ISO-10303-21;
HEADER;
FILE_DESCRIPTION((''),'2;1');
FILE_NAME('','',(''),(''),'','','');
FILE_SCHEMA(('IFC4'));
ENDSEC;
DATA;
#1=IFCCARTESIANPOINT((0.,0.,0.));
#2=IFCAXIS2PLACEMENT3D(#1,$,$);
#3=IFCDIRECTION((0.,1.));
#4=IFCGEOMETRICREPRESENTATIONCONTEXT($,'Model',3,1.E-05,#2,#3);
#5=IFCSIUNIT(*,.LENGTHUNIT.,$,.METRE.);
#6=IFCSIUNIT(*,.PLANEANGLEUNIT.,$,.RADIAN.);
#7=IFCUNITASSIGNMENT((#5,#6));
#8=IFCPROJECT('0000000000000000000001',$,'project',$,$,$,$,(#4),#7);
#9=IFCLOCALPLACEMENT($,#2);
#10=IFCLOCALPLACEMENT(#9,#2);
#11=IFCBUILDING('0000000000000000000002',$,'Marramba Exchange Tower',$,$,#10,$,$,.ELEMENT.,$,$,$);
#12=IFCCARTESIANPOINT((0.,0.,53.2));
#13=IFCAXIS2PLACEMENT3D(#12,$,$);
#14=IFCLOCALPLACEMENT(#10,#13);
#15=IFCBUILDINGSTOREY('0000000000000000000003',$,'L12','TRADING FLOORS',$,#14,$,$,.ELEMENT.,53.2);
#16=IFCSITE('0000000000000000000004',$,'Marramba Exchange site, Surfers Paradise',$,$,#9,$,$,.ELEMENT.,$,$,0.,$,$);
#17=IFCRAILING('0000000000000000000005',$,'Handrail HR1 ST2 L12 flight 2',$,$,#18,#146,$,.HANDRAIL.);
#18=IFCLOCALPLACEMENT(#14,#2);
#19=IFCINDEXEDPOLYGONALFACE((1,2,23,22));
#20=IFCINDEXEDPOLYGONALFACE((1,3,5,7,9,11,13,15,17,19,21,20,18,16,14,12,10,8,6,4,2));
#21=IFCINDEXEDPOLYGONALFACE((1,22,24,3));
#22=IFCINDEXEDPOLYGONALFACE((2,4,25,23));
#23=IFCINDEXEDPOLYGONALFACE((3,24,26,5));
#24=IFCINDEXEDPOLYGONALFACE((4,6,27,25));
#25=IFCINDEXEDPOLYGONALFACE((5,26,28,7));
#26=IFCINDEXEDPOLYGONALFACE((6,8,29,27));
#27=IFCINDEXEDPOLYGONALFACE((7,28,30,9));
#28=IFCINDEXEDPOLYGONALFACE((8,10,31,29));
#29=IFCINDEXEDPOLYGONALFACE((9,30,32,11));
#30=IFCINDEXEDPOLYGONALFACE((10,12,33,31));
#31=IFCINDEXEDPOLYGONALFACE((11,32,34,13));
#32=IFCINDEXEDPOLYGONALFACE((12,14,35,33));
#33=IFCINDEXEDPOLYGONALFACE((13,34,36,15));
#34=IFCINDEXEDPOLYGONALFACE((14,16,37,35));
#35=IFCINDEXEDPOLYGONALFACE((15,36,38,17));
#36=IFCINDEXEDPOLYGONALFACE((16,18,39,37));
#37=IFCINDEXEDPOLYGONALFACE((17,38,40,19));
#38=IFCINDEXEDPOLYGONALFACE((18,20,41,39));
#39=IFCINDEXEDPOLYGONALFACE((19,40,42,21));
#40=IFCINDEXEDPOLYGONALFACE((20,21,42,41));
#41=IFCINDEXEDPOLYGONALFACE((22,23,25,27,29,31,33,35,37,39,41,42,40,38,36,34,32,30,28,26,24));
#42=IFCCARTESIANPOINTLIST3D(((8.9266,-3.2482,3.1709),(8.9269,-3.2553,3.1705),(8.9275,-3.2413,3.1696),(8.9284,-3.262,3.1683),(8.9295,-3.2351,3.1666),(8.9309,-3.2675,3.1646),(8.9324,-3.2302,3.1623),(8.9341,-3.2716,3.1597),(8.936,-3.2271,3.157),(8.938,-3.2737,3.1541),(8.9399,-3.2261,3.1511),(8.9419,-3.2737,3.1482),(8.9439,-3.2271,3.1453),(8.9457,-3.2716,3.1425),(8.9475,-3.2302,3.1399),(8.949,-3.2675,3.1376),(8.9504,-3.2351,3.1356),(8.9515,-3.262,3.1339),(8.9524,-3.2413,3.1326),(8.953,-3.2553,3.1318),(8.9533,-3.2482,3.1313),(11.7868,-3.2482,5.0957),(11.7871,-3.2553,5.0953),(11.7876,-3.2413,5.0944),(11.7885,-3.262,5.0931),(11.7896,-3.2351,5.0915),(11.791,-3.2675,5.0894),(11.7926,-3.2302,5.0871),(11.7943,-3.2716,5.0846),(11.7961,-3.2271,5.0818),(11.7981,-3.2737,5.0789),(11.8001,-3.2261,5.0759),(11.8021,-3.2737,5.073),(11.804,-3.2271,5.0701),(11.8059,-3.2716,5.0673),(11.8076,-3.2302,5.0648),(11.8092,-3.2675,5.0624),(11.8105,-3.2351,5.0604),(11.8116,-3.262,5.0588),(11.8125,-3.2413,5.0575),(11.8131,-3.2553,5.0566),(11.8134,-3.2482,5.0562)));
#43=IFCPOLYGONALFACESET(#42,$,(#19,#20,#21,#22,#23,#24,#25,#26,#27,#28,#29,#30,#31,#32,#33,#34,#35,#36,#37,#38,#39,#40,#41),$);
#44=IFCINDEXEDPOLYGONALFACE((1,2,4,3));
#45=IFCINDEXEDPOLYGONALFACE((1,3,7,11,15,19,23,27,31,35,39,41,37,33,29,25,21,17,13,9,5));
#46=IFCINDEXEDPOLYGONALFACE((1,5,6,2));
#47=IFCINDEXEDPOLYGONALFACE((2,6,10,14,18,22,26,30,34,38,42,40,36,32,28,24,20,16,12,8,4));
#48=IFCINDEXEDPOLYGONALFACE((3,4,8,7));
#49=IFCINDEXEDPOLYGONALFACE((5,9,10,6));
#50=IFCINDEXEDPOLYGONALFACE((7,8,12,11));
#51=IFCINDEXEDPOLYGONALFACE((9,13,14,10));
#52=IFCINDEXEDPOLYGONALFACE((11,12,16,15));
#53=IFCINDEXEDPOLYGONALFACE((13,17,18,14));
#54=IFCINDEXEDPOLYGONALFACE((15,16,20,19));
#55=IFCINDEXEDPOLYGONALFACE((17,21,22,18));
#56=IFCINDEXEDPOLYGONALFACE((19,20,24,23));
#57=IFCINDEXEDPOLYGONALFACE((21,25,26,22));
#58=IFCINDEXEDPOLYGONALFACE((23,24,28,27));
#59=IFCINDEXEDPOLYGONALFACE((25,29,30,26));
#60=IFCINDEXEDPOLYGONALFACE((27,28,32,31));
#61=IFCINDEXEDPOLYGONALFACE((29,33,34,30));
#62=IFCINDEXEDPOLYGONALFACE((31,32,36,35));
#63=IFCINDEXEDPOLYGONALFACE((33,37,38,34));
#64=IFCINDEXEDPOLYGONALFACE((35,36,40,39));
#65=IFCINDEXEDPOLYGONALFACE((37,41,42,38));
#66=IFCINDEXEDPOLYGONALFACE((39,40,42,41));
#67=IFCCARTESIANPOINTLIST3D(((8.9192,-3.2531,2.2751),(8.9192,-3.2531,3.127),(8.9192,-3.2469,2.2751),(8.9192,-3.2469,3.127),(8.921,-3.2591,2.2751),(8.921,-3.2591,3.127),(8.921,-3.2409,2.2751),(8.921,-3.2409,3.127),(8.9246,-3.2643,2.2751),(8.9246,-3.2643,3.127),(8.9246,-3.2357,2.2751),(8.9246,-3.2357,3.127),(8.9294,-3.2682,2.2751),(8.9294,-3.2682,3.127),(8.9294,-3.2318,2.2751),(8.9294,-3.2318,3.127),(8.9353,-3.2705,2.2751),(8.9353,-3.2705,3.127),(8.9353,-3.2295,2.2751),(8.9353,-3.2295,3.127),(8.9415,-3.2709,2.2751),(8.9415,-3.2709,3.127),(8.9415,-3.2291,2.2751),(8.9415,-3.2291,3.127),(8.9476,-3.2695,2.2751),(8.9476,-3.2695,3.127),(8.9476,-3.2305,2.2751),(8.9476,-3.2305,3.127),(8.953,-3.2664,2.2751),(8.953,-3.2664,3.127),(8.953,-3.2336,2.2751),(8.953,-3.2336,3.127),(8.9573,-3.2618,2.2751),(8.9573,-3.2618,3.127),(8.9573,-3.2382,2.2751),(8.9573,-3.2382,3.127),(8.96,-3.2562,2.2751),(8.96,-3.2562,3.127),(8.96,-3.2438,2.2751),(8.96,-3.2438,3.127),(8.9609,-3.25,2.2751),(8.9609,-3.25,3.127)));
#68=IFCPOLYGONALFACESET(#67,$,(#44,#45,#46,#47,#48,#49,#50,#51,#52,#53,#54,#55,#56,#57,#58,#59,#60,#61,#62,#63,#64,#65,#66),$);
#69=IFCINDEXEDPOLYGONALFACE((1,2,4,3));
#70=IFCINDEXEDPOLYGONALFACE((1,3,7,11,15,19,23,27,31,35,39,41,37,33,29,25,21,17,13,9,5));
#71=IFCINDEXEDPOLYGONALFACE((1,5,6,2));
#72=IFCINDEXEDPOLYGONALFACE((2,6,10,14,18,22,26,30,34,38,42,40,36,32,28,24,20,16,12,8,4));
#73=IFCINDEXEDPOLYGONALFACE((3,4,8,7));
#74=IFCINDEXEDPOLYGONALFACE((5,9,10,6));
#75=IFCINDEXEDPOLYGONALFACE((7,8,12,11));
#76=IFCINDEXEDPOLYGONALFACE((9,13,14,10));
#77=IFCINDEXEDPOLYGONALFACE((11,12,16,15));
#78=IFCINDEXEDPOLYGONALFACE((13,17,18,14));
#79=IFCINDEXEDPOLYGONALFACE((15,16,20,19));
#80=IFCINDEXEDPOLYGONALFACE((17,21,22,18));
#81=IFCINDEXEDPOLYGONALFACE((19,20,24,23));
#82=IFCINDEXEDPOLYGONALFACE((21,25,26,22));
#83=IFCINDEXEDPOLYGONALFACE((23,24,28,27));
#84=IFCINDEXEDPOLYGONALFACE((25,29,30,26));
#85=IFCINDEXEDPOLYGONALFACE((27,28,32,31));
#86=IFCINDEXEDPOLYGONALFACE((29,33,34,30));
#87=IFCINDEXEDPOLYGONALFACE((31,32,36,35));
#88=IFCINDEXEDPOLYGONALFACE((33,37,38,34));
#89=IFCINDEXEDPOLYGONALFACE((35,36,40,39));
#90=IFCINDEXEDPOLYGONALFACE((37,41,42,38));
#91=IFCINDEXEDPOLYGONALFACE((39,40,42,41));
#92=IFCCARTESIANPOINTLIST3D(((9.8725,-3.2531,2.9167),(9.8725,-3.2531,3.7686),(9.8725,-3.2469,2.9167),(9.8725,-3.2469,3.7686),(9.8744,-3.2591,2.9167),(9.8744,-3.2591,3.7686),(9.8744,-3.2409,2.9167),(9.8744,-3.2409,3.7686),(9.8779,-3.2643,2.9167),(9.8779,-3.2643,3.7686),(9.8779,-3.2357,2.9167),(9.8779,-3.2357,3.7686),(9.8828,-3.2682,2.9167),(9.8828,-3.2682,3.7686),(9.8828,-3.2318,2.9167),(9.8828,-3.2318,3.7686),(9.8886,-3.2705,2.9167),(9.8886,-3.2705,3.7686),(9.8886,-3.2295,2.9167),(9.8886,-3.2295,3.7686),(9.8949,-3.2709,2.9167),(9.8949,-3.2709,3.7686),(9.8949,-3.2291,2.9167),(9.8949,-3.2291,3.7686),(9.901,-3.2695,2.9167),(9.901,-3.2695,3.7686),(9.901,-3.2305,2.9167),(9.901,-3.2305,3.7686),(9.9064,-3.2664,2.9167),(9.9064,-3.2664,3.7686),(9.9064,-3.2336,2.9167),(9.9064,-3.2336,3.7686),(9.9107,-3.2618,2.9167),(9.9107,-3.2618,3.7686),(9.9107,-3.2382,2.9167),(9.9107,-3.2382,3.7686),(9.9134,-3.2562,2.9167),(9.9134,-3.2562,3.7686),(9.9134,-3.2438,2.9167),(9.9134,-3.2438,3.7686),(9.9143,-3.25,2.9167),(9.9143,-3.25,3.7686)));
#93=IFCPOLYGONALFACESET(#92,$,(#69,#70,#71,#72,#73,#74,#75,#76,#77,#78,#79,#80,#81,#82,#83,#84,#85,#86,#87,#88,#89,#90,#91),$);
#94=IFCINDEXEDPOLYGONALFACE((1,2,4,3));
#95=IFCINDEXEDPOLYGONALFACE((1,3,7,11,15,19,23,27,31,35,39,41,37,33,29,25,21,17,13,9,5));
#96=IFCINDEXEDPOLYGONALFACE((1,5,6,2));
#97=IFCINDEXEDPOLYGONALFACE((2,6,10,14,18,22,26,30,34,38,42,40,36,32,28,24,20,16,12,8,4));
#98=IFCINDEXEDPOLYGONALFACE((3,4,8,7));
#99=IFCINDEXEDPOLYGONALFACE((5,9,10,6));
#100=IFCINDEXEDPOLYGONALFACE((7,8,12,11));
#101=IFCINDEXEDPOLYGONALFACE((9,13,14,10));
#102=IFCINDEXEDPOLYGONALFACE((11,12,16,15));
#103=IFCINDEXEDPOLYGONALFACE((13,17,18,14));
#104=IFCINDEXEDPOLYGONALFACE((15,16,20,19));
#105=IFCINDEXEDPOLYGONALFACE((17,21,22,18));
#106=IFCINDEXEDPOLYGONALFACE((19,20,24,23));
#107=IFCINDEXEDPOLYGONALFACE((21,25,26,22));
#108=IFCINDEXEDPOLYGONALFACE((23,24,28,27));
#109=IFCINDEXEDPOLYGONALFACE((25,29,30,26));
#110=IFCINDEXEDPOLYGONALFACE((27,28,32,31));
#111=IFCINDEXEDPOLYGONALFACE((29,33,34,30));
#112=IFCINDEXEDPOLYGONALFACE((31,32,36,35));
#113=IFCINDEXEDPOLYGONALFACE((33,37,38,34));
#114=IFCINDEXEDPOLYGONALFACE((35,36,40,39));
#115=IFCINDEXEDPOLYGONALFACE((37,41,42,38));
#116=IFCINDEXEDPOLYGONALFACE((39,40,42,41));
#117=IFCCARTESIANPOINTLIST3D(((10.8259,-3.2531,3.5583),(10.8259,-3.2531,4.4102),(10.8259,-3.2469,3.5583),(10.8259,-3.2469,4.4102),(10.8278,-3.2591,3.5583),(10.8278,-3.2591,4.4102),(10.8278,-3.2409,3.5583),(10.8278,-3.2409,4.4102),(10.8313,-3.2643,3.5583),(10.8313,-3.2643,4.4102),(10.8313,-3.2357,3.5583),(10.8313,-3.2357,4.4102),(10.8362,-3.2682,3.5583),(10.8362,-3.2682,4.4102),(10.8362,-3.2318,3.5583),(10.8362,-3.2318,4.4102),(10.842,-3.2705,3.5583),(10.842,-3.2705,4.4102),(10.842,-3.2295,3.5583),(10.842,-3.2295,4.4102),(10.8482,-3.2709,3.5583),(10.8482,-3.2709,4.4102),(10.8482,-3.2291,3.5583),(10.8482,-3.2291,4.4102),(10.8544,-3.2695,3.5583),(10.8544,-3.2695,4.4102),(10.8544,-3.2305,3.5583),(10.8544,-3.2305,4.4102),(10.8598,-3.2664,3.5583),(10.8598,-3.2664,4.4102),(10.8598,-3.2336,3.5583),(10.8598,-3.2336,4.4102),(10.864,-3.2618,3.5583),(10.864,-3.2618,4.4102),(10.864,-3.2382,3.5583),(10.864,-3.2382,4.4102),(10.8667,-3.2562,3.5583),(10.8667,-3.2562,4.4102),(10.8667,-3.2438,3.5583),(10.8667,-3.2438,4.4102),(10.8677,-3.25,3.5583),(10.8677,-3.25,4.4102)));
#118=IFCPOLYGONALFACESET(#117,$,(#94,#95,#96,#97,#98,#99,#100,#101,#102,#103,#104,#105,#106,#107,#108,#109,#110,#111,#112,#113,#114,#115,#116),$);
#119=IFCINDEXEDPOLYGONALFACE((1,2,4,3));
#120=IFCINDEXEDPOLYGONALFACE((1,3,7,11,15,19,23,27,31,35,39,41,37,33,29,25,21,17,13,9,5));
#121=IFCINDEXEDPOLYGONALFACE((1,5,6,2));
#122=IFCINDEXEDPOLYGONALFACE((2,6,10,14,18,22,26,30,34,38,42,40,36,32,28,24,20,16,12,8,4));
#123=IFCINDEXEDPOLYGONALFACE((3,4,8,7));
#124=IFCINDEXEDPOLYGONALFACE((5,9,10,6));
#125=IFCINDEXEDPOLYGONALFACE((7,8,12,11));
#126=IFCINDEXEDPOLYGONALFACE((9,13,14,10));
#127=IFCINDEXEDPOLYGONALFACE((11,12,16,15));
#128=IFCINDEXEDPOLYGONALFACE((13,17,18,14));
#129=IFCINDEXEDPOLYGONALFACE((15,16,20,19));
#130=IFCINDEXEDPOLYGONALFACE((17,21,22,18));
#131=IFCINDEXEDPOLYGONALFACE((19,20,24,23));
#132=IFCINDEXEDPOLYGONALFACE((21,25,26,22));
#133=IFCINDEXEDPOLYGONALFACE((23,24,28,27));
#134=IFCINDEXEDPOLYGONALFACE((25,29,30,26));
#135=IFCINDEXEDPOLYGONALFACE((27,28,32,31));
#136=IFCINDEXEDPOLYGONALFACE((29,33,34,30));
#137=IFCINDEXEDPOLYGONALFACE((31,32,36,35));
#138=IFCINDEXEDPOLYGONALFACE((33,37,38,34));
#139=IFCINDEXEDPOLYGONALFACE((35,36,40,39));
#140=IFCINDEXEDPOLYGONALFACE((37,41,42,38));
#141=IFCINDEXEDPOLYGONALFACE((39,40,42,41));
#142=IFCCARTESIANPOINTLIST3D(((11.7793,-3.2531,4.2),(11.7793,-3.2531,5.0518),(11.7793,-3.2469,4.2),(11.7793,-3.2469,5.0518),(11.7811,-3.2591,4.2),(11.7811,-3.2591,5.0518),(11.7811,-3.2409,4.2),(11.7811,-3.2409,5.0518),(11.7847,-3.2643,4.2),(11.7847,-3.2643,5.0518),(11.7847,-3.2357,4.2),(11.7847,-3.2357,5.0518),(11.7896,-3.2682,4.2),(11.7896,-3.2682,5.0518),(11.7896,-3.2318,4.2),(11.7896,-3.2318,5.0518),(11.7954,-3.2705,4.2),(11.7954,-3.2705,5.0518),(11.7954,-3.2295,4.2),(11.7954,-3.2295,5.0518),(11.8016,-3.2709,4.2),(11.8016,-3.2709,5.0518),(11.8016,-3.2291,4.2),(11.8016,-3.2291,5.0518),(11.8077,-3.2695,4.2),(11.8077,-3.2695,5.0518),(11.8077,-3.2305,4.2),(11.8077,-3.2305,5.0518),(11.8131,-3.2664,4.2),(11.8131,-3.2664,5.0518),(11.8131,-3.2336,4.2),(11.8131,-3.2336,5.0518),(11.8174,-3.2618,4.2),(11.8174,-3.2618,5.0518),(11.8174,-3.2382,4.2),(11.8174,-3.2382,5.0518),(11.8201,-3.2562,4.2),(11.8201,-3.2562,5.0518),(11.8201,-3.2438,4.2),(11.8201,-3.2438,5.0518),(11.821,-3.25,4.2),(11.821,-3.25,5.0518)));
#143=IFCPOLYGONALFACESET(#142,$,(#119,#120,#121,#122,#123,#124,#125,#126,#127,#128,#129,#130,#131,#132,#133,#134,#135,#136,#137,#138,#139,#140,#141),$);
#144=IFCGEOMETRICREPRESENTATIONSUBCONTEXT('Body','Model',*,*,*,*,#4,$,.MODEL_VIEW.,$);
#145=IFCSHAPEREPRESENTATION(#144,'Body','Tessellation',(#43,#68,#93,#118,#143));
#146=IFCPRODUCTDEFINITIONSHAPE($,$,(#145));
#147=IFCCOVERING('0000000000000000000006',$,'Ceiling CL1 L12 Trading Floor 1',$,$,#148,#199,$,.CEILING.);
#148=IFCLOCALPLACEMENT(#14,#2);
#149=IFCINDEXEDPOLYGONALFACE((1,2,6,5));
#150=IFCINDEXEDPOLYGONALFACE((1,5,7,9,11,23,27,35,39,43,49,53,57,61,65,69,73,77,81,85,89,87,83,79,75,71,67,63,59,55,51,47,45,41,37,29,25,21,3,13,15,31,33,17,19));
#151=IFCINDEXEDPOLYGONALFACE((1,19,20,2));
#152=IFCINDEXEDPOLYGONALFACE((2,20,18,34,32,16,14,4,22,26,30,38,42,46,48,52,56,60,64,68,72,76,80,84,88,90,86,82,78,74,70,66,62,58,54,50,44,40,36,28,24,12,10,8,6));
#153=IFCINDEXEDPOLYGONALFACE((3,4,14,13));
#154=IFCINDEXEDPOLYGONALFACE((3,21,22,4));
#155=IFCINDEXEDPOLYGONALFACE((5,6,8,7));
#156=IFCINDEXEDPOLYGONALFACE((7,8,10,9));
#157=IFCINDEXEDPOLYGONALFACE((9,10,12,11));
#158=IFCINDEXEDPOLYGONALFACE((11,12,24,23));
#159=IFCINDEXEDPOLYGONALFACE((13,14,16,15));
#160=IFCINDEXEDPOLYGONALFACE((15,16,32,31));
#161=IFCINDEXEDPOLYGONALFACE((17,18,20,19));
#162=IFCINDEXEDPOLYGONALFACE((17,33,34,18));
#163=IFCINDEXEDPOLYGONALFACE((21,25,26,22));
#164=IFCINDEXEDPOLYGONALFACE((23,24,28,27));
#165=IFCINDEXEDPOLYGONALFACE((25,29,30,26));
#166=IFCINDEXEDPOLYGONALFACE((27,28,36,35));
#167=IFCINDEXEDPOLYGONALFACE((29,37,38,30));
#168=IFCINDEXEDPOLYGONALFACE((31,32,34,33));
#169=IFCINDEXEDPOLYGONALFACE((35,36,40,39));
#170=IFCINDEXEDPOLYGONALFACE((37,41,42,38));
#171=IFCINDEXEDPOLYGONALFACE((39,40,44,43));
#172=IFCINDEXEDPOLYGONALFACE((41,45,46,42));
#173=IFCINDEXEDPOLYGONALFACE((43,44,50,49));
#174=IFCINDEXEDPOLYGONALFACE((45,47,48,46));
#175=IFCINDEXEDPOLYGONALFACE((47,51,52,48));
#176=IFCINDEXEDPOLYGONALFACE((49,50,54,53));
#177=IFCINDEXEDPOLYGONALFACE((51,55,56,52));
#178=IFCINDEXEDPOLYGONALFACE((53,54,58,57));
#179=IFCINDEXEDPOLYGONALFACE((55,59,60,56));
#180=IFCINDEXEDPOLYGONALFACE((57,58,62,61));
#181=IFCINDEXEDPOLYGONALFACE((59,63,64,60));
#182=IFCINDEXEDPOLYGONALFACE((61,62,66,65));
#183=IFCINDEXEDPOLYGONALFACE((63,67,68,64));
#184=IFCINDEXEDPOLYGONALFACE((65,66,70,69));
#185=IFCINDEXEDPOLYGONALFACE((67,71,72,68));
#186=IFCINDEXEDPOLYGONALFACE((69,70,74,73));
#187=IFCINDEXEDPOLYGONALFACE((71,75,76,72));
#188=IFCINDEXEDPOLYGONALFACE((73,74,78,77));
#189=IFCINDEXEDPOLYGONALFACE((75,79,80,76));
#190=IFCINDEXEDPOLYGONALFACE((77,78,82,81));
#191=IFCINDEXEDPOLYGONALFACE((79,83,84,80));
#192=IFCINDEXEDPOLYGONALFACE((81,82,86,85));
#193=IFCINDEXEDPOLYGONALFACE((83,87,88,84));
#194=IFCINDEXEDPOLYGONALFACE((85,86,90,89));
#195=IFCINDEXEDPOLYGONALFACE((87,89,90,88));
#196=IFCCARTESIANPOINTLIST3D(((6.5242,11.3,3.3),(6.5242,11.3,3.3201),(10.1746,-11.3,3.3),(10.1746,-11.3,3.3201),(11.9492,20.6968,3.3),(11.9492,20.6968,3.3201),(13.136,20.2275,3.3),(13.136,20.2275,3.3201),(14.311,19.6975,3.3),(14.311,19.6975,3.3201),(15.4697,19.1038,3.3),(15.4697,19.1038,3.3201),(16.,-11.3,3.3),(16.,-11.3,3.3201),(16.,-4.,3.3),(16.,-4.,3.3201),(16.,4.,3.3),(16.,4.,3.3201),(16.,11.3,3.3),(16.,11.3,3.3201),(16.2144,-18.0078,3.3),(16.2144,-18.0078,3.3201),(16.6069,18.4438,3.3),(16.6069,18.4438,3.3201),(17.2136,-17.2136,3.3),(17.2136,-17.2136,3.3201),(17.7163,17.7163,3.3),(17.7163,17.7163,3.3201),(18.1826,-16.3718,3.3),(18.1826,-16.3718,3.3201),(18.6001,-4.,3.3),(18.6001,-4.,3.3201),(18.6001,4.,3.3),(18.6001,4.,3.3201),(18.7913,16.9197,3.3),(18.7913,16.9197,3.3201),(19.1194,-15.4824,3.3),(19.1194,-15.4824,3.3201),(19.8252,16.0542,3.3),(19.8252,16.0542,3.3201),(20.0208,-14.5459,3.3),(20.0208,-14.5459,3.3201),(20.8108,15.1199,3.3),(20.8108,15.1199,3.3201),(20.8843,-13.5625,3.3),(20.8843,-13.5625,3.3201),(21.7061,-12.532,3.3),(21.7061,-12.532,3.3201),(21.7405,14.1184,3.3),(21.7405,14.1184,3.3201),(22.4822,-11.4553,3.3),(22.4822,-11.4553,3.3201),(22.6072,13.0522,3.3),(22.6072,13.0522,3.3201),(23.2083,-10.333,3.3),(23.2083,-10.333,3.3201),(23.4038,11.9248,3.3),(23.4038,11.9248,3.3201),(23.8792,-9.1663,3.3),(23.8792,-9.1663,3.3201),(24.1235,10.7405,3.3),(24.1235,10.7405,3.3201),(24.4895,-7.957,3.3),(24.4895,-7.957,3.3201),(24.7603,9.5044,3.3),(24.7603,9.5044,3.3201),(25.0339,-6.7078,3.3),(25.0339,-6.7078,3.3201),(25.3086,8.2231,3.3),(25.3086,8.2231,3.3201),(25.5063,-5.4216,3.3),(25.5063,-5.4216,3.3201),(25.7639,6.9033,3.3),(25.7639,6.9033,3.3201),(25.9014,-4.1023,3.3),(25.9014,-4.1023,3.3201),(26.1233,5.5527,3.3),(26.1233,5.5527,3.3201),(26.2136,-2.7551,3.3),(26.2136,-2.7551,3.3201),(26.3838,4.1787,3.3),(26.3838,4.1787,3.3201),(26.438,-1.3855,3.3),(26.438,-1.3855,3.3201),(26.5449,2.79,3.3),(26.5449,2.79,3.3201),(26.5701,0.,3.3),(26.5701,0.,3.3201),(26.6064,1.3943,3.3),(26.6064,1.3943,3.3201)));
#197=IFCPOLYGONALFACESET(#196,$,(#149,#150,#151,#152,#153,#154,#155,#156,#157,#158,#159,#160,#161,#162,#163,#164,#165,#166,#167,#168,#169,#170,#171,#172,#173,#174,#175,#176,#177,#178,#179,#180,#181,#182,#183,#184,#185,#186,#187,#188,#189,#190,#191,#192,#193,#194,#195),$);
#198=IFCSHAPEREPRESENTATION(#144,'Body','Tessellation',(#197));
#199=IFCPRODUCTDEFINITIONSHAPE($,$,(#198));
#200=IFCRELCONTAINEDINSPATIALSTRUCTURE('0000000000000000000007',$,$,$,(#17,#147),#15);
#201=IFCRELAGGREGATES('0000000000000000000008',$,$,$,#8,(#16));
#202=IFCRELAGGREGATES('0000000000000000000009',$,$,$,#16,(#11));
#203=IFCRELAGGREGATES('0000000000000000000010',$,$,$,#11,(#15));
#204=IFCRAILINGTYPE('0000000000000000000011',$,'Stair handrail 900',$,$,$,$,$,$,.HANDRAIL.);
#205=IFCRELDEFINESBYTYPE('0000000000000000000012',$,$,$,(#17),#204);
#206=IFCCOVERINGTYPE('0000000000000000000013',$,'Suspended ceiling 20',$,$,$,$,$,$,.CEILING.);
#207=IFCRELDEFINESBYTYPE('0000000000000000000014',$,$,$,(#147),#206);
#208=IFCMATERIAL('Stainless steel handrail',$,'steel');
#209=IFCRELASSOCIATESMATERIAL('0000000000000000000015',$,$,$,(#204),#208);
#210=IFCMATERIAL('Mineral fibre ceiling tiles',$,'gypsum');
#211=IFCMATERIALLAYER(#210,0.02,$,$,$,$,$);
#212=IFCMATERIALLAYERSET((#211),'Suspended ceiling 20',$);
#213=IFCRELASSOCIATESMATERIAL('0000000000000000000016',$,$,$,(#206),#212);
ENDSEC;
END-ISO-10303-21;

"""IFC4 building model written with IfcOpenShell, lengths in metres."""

from ifc_helpers import new_model, si_unit, direction, frame, origin, origin_2d, place, context, subcontext, project, spatial, polyline, circle, outline, extrude, material, layer, layer_set, type_object, element, save


model = new_model("IFC4")

# Units and contexts
model_context = context("Model", 3, precision=1e-05, world=origin(), true_north=direction((0.0, 1.0)))
body_context = subcontext(model_context, "Body", "Model", "MODEL_VIEW")
ifc_project = project(units=[si_unit("LENGTHUNIT", "METRE"), si_unit("PLANEANGLEUNIT", "RADIAN")], contexts=[model_context])

# Site, building, storey
site_placement = place(None, origin())
site = spatial("IfcSite", under=ifc_project, at=site_placement, Name="Marramba Exchange site, Surfers Paradise", CompositionType="ELEMENT", RefElevation=0.0)
building_placement = place(site_placement, origin())
building = spatial("IfcBuilding", under=site, at=building_placement, Name="Marramba Exchange Tower", CompositionType="ELEMENT")
storey_placement = place(building_placement, frame((0.0, 0.0, 53.2)))
storey = spatial("IfcBuildingStorey", under=building, at=storey_placement, Name="L12", Description="TRADING FLOORS", CompositionType="ELEMENT", Elevation=53.2)

# Railing
ifc_material_1 = material(Name="Stainless steel handrail", Category="steel")
railing_type = type_object("IfcRailingType", Name="Stair handrail 900", PredefinedType="HANDRAIL", material=ifc_material_1)
railing_placement = place(storey_placement, frame((8.9399, -3.25, 2.2751)))
element("IfcRailing", 1, at=railing_placement, inside=storey, type_object=railing_type, Name="Handrail HR1 ST2 L12 flight 2", PredefinedType="HANDRAIL", context=body_context, shape_type="SweptSolid", body=[
    extrude(circle(Radius=0.0239, at=origin_2d()), frame((0.0, 0.0, 0.876), z_axis=(0.829624, 0.0, 0.558323), x_axis=(0.0, 1.0, 0.0)), (0.0, 0.0, 1.0), 3.4475),
    extrude(circle(Radius=0.021, at=origin_2d()), origin(), (0.0, 0.0, 1.0), 0.8518),
    extrude(circle(Radius=0.021, at=origin_2d()), frame((0.9534, 0.0, 0.6416)), (0.0, 0.0, 1.0), 0.8518),
    extrude(circle(Radius=0.021, at=origin_2d()), frame((1.9067, 0.0, 1.2832)), (0.0, 0.0, 1.0), 0.8518),
    extrude(circle(Radius=0.021, at=origin_2d()), frame((2.8601, 0.0, 1.9248)), (0.0, 0.0, 1.0), 0.8518),
])

# Covering
ifc_material_2 = material(Name="Mineral fibre ceiling tiles", Category="gypsum")
ifc_layer_1 = layer(ifc_material_2, 0.02)
ifc_layer_set_1 = layer_set([ifc_layer_1], Name="Suspended ceiling 20")
covering_type_1 = type_object("IfcCoveringType", Name="Suspended ceiling 20", PredefinedType="CEILING", material=ifc_layer_set_1)
covering_1_placement = place(storey_placement, frame((0.0, 0.0, 3.3)))
element("IfcCovering", 2, at=covering_1_placement, inside=storey, type_object=covering_type_1, Name="Ceiling CL1 L12 Trading Floor 1", PredefinedType="CEILING", context=body_context, shape_type="SweptSolid", body=[
    extrude(outline(polyline([(16.0, -4.0), (18.6001, -4.0), (18.6001, 4.0), (16.0, 4.0), (16.0, 11.3), (6.5242, 11.3), (11.9492, 20.6968), (13.136, 20.2275), (14.311, 19.6975), (15.4697, 19.1038), (16.6069, 18.4438), (17.7163, 17.7163), (18.7913, 16.9197), (19.8252, 16.0542), (20.8108, 15.1199), (21.7405, 14.1184), (22.6072, 13.0522), (23.4038, 11.9248), (24.1235, 10.7405), (24.7603, 9.5044), (25.3086, 8.2231), (25.7639, 6.9033), (26.1233, 5.5527), (26.3838, 4.1787), (26.5449, 2.79), (26.6064, 1.3943), (26.5701, 0.0), (26.438, -1.3855), (26.2136, -2.7551), (25.9014, -4.1023), (25.5063, -5.4216), (25.0339, -6.7078), (24.4895, -7.957), (23.8792, -9.1663), (23.2083, -10.333), (22.4822, -11.4553), (21.7061, -12.532), (20.8843, -13.5625), (20.0208, -14.5459), (19.1194, -15.4824), (18.1826, -16.3718), (17.2136, -17.2136), (16.2144, -18.0078), (10.1746, -11.3), (16.0, -11.3), (16.0, -4.0)])), origin(), (0.0, 0.0, 1.0), 0.02),
])

save(model, "model.ifc")
